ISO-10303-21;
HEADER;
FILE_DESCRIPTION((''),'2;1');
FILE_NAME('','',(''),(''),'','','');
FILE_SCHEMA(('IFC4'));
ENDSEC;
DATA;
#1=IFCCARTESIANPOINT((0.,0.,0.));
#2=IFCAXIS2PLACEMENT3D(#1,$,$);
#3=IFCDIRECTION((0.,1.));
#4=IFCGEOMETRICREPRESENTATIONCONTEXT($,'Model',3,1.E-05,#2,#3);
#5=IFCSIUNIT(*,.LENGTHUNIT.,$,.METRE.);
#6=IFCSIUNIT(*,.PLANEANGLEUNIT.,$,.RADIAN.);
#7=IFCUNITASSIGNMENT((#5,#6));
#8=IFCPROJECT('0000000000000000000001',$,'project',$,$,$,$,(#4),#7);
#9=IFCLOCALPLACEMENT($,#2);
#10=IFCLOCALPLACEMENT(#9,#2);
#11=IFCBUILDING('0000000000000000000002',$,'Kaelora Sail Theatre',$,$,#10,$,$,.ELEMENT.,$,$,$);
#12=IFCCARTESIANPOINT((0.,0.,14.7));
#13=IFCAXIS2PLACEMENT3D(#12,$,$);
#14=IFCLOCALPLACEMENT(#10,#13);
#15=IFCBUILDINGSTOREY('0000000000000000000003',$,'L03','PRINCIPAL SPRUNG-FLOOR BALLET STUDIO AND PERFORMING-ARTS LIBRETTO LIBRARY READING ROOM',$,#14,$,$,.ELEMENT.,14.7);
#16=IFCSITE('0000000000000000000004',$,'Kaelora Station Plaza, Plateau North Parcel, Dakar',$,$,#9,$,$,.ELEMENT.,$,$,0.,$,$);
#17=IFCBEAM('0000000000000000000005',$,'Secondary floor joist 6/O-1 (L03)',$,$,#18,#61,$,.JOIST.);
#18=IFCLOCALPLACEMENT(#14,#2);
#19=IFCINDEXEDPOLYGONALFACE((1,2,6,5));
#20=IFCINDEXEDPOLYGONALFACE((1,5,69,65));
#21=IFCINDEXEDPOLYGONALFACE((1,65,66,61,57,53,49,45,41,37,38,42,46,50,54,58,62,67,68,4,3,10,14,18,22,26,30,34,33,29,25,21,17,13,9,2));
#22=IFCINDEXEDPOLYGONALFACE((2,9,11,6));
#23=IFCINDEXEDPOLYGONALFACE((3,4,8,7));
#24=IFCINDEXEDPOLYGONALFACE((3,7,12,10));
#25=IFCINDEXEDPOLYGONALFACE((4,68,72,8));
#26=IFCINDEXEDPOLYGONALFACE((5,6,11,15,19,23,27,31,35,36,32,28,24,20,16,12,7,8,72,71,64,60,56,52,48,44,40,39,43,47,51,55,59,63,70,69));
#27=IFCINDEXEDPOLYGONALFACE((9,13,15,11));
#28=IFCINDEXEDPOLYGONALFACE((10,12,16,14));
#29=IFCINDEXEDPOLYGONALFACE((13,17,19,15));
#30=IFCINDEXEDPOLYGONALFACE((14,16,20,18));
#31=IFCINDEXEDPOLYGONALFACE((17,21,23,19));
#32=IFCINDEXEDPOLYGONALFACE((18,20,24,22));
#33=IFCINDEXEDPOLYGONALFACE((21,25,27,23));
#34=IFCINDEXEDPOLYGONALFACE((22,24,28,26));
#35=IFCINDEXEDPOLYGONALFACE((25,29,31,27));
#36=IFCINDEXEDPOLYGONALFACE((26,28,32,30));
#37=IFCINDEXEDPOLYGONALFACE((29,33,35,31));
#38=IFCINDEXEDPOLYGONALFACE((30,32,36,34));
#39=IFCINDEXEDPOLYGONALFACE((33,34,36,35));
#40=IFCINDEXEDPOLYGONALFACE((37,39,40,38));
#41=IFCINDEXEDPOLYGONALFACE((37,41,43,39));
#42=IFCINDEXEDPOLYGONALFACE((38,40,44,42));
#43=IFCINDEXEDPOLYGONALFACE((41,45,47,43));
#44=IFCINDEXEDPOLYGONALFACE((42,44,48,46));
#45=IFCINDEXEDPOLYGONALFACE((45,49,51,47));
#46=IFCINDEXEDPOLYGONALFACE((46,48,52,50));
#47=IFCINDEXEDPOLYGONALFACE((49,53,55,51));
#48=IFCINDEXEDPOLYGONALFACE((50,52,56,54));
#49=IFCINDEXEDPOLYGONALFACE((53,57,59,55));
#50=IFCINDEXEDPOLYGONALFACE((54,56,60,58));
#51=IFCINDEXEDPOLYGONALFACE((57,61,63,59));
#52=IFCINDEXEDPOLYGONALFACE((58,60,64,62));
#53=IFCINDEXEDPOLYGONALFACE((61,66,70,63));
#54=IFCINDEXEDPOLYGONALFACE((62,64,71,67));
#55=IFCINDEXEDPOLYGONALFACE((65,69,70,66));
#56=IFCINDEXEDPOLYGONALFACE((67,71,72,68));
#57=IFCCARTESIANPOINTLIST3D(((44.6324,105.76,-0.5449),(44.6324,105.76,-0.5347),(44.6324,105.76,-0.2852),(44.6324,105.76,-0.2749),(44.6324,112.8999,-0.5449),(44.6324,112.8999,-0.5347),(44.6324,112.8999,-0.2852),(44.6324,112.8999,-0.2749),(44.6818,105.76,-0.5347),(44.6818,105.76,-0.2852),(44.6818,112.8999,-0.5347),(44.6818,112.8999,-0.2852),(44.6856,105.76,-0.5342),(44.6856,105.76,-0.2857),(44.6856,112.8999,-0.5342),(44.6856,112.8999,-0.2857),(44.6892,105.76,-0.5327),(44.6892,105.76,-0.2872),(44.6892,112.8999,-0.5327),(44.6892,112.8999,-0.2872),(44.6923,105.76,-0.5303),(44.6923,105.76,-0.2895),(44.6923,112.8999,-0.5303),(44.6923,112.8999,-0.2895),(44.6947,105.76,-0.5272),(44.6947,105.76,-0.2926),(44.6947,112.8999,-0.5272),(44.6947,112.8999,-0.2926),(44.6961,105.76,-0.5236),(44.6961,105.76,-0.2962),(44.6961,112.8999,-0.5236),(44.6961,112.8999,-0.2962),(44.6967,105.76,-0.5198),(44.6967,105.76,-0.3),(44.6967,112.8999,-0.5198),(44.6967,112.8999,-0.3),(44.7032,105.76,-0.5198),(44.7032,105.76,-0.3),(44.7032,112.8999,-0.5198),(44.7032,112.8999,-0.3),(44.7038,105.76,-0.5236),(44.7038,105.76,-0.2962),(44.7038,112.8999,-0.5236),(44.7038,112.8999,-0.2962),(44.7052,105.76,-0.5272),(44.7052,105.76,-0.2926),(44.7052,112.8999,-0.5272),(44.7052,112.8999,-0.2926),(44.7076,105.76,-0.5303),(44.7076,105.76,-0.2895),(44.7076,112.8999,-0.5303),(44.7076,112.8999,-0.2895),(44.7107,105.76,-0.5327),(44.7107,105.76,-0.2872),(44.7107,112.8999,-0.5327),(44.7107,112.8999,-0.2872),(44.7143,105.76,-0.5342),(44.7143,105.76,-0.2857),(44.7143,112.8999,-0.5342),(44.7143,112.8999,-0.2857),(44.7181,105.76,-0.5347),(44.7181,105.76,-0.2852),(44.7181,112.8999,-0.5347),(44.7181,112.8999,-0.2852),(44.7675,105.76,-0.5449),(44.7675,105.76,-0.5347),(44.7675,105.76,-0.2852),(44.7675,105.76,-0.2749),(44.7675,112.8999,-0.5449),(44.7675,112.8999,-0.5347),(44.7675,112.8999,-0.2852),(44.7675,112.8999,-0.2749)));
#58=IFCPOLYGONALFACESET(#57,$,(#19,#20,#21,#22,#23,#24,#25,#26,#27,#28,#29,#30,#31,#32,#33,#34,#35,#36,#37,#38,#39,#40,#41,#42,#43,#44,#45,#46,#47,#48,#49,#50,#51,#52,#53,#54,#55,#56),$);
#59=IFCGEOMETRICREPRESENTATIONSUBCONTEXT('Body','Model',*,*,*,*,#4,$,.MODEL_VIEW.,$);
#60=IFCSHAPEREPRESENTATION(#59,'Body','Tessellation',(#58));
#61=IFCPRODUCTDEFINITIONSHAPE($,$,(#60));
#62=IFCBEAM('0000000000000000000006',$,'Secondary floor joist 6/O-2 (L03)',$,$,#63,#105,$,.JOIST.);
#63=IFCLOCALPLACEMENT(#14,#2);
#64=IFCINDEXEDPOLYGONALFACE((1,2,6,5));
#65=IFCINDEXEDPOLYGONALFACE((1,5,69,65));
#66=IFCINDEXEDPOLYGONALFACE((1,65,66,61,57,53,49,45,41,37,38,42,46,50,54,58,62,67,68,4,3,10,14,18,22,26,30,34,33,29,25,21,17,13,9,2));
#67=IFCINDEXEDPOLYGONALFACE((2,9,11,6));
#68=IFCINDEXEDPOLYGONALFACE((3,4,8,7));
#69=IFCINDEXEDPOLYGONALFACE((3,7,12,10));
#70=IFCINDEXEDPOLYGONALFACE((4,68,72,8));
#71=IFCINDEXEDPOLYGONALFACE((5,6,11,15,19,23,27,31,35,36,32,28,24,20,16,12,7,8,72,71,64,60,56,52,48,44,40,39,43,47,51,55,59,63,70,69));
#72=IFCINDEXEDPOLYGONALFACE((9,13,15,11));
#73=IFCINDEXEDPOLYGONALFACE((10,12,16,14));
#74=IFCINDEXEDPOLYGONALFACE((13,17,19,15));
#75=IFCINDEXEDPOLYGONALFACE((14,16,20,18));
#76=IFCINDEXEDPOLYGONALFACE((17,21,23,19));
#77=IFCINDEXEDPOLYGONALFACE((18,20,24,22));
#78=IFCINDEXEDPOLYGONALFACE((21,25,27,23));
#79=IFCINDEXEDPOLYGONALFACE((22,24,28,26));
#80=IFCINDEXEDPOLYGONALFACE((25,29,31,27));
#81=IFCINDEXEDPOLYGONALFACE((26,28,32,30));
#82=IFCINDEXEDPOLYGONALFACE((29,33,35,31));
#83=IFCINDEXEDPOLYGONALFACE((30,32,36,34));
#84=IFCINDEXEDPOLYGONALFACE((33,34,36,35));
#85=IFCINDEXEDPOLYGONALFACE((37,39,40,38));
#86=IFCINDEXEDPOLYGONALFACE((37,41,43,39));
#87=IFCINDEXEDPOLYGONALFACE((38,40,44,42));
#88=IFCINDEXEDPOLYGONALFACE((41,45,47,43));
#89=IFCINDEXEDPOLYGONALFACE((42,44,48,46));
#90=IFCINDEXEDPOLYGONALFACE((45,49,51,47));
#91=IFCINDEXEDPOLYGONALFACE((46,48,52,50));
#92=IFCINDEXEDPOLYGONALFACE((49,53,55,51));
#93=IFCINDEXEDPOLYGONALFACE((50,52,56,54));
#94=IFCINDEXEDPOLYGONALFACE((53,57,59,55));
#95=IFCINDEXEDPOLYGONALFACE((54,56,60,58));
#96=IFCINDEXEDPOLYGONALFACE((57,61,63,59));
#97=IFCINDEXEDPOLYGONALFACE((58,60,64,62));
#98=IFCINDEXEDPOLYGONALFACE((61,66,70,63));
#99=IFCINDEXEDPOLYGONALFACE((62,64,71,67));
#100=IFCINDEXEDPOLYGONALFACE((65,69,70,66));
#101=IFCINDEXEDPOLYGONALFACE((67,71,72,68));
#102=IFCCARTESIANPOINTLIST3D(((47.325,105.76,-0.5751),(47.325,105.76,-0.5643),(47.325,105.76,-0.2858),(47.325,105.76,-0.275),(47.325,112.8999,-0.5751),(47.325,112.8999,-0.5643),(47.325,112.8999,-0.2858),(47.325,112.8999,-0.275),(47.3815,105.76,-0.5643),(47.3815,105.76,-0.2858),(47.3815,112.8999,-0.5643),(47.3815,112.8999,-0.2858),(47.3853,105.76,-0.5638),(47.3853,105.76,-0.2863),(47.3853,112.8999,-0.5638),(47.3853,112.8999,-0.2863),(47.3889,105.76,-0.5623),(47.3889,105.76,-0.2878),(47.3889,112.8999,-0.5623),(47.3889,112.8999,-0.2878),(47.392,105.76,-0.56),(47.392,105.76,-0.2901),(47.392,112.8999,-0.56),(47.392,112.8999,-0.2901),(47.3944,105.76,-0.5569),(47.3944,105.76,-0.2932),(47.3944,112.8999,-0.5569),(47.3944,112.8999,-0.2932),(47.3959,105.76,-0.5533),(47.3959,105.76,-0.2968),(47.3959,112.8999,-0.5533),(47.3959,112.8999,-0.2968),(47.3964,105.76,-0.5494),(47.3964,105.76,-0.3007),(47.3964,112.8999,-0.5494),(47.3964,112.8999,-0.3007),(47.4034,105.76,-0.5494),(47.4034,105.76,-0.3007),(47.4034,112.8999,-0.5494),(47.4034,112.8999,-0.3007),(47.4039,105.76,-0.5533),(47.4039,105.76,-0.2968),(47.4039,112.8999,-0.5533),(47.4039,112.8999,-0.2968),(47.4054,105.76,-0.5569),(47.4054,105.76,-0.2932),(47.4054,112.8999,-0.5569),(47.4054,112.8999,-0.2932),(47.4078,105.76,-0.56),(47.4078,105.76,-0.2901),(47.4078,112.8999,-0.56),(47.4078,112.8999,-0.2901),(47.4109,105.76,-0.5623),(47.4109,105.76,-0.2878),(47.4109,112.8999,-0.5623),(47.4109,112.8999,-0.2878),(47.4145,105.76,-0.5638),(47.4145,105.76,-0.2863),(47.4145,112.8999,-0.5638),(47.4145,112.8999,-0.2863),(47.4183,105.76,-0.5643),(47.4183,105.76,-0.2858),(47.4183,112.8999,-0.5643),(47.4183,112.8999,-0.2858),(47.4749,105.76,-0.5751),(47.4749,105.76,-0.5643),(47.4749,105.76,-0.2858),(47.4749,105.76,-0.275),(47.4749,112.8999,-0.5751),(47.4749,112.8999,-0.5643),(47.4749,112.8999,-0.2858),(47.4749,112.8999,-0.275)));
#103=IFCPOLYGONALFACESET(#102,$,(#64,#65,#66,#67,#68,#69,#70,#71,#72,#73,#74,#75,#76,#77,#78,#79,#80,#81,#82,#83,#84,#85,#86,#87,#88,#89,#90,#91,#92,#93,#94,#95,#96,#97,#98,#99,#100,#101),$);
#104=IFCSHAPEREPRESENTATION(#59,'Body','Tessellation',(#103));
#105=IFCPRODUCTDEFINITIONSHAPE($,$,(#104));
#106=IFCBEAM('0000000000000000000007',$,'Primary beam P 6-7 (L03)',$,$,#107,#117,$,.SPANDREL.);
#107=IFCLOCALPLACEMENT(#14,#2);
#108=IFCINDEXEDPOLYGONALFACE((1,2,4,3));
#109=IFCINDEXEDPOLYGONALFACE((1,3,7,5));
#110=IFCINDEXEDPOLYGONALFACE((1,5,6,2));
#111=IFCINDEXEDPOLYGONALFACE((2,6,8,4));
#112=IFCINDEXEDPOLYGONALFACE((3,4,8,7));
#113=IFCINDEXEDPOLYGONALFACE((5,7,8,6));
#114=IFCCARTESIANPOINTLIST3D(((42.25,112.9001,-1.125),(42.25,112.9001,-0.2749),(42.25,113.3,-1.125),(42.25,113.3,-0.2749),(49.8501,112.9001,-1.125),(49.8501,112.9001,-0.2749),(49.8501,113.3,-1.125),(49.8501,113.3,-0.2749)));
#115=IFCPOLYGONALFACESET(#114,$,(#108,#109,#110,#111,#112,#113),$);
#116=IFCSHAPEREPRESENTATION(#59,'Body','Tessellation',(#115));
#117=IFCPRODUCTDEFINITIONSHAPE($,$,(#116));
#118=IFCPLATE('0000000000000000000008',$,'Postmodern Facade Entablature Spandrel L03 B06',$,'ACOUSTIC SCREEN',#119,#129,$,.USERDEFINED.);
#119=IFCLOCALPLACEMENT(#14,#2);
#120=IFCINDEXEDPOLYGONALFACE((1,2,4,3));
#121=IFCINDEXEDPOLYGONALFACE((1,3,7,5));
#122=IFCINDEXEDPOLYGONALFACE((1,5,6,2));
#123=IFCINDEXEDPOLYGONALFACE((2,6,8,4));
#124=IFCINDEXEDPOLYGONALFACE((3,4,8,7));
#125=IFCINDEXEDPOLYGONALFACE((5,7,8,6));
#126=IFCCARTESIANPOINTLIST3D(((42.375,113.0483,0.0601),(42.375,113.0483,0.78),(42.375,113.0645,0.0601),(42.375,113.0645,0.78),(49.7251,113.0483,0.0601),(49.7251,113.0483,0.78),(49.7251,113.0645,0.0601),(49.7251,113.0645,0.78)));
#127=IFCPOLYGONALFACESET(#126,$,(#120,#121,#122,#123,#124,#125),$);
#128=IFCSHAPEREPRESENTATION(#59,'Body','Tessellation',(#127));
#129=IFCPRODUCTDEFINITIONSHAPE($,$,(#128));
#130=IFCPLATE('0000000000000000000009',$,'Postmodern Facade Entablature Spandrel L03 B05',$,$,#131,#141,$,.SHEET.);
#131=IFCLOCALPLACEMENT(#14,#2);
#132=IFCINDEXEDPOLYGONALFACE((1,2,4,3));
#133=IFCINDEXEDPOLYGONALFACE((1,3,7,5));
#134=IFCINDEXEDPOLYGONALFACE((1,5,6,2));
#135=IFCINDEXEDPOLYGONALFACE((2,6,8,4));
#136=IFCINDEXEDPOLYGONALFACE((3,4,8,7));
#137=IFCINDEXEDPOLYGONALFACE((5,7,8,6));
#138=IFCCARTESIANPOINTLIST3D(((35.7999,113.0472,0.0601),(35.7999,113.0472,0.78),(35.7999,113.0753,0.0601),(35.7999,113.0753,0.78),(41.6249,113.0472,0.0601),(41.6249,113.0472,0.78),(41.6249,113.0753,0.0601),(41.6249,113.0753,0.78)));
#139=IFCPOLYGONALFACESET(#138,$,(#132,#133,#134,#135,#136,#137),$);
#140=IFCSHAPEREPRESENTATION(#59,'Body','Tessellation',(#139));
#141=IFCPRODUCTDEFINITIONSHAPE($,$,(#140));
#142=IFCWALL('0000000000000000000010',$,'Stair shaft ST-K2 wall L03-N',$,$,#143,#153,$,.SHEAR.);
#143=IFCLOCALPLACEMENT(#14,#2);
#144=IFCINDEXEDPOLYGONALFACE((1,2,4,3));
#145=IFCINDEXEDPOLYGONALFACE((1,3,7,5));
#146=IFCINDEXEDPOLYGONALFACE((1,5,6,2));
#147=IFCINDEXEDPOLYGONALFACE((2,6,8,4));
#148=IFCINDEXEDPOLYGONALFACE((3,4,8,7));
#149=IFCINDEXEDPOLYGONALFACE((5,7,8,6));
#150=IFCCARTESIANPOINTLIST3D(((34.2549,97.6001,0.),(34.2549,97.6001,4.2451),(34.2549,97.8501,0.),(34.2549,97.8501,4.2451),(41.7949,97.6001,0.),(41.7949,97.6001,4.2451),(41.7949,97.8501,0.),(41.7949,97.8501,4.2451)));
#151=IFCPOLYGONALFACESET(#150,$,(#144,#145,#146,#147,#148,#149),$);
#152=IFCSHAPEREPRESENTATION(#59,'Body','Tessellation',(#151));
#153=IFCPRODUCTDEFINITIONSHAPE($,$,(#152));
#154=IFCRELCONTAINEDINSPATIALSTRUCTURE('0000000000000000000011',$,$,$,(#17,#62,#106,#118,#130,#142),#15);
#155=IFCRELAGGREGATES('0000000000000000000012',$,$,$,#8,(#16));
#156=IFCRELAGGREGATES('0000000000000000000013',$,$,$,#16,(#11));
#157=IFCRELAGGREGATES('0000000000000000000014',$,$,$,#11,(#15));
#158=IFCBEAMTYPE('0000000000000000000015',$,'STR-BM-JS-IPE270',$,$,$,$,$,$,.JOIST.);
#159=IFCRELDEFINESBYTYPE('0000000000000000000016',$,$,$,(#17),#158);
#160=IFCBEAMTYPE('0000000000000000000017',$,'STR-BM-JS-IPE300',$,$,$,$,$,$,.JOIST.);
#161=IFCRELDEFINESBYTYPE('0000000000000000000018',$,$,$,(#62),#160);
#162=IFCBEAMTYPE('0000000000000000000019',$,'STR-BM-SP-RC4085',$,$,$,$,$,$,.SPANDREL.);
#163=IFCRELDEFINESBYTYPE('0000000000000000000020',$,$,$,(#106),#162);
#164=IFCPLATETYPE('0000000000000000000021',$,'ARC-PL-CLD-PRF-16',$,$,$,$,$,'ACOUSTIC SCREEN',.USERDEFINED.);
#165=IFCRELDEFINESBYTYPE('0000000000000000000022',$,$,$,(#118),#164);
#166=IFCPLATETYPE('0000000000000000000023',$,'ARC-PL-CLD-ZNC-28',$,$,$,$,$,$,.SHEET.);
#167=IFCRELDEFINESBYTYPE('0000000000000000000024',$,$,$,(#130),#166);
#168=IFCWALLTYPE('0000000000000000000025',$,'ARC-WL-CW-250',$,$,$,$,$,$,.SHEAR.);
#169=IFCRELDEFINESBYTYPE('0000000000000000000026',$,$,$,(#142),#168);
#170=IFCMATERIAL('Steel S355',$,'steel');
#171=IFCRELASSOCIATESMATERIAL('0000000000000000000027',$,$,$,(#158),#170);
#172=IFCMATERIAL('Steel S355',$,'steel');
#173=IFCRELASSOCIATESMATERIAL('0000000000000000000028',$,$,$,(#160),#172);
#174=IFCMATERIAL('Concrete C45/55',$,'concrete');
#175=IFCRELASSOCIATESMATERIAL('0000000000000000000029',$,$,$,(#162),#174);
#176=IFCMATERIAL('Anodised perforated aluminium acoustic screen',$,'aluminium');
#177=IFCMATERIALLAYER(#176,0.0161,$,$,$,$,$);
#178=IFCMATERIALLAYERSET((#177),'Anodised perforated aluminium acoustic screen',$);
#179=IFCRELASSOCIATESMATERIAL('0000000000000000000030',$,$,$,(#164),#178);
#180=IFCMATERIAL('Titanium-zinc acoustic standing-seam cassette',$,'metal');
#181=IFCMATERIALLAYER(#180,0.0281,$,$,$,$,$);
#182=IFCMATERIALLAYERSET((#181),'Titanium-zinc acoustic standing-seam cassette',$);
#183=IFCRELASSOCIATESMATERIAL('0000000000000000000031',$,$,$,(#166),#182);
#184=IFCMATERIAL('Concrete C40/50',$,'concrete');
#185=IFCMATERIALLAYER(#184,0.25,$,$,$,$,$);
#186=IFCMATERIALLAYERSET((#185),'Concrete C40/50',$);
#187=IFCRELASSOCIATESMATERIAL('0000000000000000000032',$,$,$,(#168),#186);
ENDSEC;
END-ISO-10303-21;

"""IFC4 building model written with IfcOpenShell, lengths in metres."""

from ifc_helpers import new_model, si_unit, direction, frame, frame_2d, origin, origin_2d, place, context, subcontext, project, spatial, rectangle, i_section, extrude, material, layer, layer_set, material_profile, profile_set, type_object, element, save


model = new_model("IFC4")

# Units and contexts
model_context = context("Model", 3, precision=1e-05, world=origin(), true_north=direction((0.0, 1.0)))
body_context = subcontext(model_context, "Body", "Model", "MODEL_VIEW")
ifc_project = project(units=[si_unit("LENGTHUNIT", "METRE"), si_unit("PLANEANGLEUNIT", "RADIAN")], contexts=[model_context])

# Site, building, storey
site_placement = place(None, origin())
site = spatial("IfcSite", under=ifc_project, at=site_placement, Name="Kaelora Station Plaza, Plateau North Parcel, Dakar", CompositionType="ELEMENT", RefElevation=0.0)
building_placement = place(site_placement, origin())
building = spatial("IfcBuilding", under=site, at=building_placement, Name="Kaelora Sail Theatre", CompositionType="ELEMENT")
storey_placement = place(building_placement, frame((0.0, 0.0, 14.7)))
storey = spatial("IfcBuildingStorey", under=building, at=storey_placement, Name="L03", Description="PRINCIPAL SPRUNG-FLOOR BALLET STUDIO AND PERFORMING-ARTS LIBRETTO LIBRARY READING ROOM", CompositionType="ELEMENT", Elevation=14.7)

# Beams
ifc_material_1 = material(Name="Steel S355", Category="steel")
ifc_material_profile_1 = material_profile(ifc_material_1, i_section(OverallWidth=0.135, OverallDepth=0.27, WebThickness=0.0066, FlangeThickness=0.0103, FilletRadius=0.0149, at=origin_2d()), Name="IPE 270")
ifc_profile_set_1 = profile_set([ifc_material_profile_1], Name="Steel S355")
beam_type_1 = type_object("IfcBeamType", Name="STR-BM-JS-IPE270", PredefinedType="JOIST", material=ifc_profile_set_1)
beam_1_placement = place(storey_placement, frame((44.7, 105.76, -0.4099), z_axis=(0.0, 1.0, 0.0), x_axis=(-1.0, 0.0, 0.0)))
element("IfcBeam", 1, at=beam_1_placement, inside=storey, type_object=beam_type_1, Name="Secondary floor joist 6/O-1 (L03)", PredefinedType="JOIST", context=body_context, shape_type="SweptSolid", body=[
    extrude(i_section(OverallWidth=0.135, OverallDepth=0.27, WebThickness=0.0066, FlangeThickness=0.0103, FilletRadius=0.0149, at=origin_2d()), origin(), (0.0, 0.0, 1.0), 7.1399),
])
ifc_material_2 = material(Name="Steel S355", Category="steel")
ifc_material_profile_2 = material_profile(ifc_material_2, i_section(OverallWidth=0.1499, OverallDepth=0.3, WebThickness=0.0071, FlangeThickness=0.0107, FilletRadius=0.0149, at=origin_2d()), Name="IPE 300")
ifc_profile_set_2 = profile_set([ifc_material_profile_2], Name="Steel S355")
beam_type_2 = type_object("IfcBeamType", Name="STR-BM-JS-IPE300", PredefinedType="JOIST", material=ifc_profile_set_2)
beam_2_placement = place(storey_placement, frame((47.3999, 105.76, -0.425), z_axis=(0.0, 1.0, 0.0), x_axis=(-1.0, 0.0, 0.0)))
element("IfcBeam", 2, at=beam_2_placement, inside=storey, type_object=beam_type_2, Name="Secondary floor joist 6/O-2 (L03)", PredefinedType="JOIST", context=body_context, shape_type="SweptSolid", body=[
    extrude(i_section(OverallWidth=0.1499, OverallDepth=0.3, WebThickness=0.0071, FlangeThickness=0.0107, FilletRadius=0.0149, at=origin_2d()), origin(), (0.0, 0.0, 1.0), 7.1399),
])
ifc_material_3 = material(Name="Concrete C45/55", Category="concrete")
ifc_material_profile_3 = material_profile(ifc_material_3, rectangle(XDim=0.3999, YDim=0.8501, at=origin_2d()), Name="RC-SPN 400x850")
ifc_profile_set_3 = profile_set([ifc_material_profile_3], Name="Concrete C45/55")
beam_type_3 = type_object("IfcBeamType", Name="STR-BM-SP-RC4085", PredefinedType="SPANDREL", material=ifc_profile_set_3)
beam_3_placement = place(storey_placement, frame((42.25, 113.1001, -0.7), z_axis=(1.0, 0.0, 0.0), x_axis=(0.0, 1.0, 0.0)))
element("IfcBeam", 3, at=beam_3_placement, inside=storey, type_object=beam_type_3, Name="Primary beam P 6-7 (L03)", PredefinedType="SPANDREL", context=body_context, shape_type="SweptSolid", body=[
    extrude(rectangle(XDim=0.3999, YDim=0.8501, at=origin_2d()), origin(), (0.0, 0.0, 1.0), 7.6001),
])

# Plates
ifc_material_4 = material(Name="Anodised perforated aluminium acoustic screen", Category="aluminium")
ifc_layer_1 = layer(ifc_material_4, 0.0161)
ifc_layer_set_1 = layer_set([ifc_layer_1], Name="Anodised perforated aluminium acoustic screen")
plate_type_1 = type_object("IfcPlateType", Name="ARC-PL-CLD-PRF-16", ElementType="ACOUSTIC SCREEN", PredefinedType="USERDEFINED", material=ifc_layer_set_1)
plate_1_placement = place(storey_placement, frame((46.05, 113.0564, 0.0601), z_axis=(0.0, 0.0, 1.0), x_axis=(1.0, 0.0, 0.0)))
element("IfcPlate", 4, at=plate_1_placement, inside=storey, type_object=plate_type_1, Name="Postmodern Facade Entablature Spandrel L03 B06", ObjectType="ACOUSTIC SCREEN", PredefinedType="USERDEFINED", context=body_context, shape_type="SweptSolid", body=[
    extrude(rectangle(XDim=7.3501, YDim=0.0161, at=origin_2d()), origin(), (0.0, 0.0, 1.0), 0.72),
])
ifc_material_5 = material(Name="Titanium-zinc acoustic standing-seam cassette", Category="metal")
ifc_layer_2 = layer(ifc_material_5, 0.0281)
ifc_layer_set_2 = layer_set([ifc_layer_2], Name="Titanium-zinc acoustic standing-seam cassette")
plate_type_2 = type_object("IfcPlateType", Name="ARC-PL-CLD-ZNC-28", PredefinedType="SHEET", material=ifc_layer_set_2)
plate_2_placement = place(storey_placement, frame((38.7124, 113.0613, 0.0601), z_axis=(0.0, 0.0, 1.0), x_axis=(1.0, 0.0, 0.0)))
element("IfcPlate", 5, at=plate_2_placement, inside=storey, type_object=plate_type_2, Name="Postmodern Facade Entablature Spandrel L03 B05", PredefinedType="SHEET", context=body_context, shape_type="SweptSolid", body=[
    extrude(rectangle(XDim=5.825, YDim=0.0281, at=origin_2d()), origin(), (0.0, 0.0, 1.0), 0.72),
])

# Wall
ifc_material_6 = material(Name="Concrete C40/50", Category="concrete")
ifc_layer_3 = layer(ifc_material_6, 0.25)
ifc_layer_set_3 = layer_set([ifc_layer_3], Name="Concrete C40/50")
wall_type_1 = type_object("IfcWallType", Name="ARC-WL-CW-250", PredefinedType="SHEAR", material=ifc_layer_set_3)
wall_1_placement = place(storey_placement, frame((34.2549, 97.7251, 0.0), z_axis=(0.0, 0.0, 1.0), x_axis=(1.0, 0.0, 0.0)))
element("IfcWall", 6, at=wall_1_placement, inside=storey, type_object=wall_type_1, Name="Stair shaft ST-K2 wall L03-N", PredefinedType="SHEAR", context=body_context, shape_type="SweptSolid", body=[
    extrude(rectangle(XDim=7.54, YDim=0.25, at=frame_2d((3.77, 0.0))), origin(), (0.0, 0.0, 1.0), 4.2451),
])

save(model, "model.ifc")
